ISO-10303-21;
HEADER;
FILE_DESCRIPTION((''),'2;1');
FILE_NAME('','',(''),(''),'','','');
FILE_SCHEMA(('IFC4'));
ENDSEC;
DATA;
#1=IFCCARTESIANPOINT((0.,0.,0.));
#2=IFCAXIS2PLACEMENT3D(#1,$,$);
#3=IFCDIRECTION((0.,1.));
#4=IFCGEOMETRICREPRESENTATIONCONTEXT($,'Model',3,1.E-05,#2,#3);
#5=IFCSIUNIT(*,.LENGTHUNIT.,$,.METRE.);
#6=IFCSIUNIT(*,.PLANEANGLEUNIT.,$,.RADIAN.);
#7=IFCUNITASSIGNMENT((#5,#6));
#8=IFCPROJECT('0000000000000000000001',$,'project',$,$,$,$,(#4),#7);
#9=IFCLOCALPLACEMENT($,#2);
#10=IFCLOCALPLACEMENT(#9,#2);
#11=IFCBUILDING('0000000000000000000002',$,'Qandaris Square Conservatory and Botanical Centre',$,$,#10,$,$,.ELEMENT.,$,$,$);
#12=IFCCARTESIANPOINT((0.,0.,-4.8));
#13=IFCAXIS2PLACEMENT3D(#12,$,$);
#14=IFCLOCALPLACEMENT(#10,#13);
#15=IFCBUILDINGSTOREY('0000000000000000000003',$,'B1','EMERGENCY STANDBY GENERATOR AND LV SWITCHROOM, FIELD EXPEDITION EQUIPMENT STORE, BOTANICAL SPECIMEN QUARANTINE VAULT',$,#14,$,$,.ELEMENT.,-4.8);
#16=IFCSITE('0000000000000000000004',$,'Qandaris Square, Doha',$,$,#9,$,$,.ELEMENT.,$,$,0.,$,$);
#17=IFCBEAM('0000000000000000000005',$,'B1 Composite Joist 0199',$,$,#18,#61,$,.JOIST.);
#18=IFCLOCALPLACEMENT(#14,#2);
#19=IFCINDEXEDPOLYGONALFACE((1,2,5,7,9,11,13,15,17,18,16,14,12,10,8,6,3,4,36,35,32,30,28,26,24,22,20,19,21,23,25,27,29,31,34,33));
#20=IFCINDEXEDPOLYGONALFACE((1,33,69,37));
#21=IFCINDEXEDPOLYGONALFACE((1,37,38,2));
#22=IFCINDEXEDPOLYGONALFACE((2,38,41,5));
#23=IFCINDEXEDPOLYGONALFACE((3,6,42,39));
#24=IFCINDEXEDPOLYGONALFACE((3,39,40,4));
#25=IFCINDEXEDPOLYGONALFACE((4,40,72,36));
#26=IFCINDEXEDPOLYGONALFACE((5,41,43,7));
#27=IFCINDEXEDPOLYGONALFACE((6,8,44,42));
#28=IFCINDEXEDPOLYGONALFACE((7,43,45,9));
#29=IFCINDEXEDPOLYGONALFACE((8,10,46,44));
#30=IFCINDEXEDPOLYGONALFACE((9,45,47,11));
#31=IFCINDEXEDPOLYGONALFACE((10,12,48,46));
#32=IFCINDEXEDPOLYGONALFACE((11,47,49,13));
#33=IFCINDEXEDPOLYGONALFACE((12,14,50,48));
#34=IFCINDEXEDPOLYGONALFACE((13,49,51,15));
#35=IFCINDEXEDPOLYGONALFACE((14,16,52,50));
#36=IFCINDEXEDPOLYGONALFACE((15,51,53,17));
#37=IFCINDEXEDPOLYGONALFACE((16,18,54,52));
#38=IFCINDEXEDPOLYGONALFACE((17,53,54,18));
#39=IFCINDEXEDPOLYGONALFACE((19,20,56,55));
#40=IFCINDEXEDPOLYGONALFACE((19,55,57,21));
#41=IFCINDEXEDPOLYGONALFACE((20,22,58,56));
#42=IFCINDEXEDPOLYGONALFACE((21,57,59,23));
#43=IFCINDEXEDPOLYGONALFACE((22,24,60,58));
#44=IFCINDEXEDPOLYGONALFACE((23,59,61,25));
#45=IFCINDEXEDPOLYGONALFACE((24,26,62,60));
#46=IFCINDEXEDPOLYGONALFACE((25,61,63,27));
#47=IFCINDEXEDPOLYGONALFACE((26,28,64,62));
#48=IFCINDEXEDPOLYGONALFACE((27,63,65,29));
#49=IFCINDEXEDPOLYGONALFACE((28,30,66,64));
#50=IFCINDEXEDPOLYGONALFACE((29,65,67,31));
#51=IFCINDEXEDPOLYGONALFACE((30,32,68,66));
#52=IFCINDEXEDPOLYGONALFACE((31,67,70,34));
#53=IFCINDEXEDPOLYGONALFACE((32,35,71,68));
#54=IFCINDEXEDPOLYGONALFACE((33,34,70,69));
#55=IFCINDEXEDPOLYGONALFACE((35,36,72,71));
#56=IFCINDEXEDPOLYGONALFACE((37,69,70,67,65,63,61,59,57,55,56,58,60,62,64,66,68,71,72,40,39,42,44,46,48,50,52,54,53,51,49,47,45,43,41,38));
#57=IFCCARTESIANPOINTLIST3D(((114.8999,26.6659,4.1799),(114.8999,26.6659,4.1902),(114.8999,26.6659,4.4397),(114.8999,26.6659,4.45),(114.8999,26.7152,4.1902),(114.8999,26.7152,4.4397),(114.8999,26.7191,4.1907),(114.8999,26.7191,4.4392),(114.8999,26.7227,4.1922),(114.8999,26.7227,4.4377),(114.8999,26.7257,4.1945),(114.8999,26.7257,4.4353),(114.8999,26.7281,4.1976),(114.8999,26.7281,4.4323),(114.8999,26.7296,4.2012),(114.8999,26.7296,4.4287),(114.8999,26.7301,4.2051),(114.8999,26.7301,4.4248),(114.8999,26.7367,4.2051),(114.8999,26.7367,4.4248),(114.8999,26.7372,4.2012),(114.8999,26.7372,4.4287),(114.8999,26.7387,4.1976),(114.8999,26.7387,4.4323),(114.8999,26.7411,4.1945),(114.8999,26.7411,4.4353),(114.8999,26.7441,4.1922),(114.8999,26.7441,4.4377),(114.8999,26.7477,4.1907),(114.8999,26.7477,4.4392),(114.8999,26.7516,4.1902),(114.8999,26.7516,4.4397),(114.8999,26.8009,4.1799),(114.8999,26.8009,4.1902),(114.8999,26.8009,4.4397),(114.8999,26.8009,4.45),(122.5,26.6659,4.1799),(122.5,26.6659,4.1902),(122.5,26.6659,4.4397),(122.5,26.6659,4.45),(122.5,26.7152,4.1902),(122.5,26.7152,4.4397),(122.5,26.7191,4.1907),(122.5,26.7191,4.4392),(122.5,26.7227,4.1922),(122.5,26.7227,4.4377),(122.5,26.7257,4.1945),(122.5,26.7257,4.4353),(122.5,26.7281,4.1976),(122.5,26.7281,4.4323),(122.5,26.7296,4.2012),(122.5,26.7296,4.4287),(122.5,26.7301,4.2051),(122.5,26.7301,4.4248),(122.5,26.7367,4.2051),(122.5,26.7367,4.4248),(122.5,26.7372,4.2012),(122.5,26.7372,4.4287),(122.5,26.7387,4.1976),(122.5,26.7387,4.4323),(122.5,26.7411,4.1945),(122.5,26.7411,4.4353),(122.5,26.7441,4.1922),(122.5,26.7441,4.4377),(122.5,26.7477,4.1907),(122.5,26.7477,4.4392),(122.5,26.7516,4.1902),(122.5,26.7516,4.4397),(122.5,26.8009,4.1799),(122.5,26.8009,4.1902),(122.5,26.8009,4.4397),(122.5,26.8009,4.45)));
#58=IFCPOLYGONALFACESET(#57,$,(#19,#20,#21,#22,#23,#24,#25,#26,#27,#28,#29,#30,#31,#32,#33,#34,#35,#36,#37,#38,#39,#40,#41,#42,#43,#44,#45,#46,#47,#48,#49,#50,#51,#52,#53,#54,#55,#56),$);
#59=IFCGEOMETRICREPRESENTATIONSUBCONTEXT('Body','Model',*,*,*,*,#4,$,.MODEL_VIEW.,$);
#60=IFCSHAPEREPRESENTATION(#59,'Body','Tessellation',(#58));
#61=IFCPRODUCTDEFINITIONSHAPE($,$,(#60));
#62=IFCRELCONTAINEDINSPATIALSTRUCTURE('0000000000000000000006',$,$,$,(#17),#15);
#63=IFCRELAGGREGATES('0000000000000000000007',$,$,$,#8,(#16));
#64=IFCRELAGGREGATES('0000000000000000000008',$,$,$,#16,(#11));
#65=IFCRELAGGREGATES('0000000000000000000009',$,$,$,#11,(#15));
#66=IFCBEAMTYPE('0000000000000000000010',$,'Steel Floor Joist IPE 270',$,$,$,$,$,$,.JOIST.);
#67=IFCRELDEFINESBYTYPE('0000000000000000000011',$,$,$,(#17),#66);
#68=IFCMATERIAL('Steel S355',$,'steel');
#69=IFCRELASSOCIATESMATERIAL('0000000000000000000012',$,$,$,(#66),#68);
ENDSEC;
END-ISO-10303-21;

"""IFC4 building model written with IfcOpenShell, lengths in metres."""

from ifc_helpers import new_model, si_unit, direction, frame, origin, origin_2d, place, context, subcontext, project, spatial, i_section, extrude, material, material_profile, profile_set, type_object, element, save


model = new_model("IFC4")

# Units and contexts
model_context = context("Model", 3, precision=1e-05, world=origin(), true_north=direction((0.0, 1.0)))
body_context = subcontext(model_context, "Body", "Model", "MODEL_VIEW")
ifc_project = project(units=[si_unit("LENGTHUNIT", "METRE"), si_unit("PLANEANGLEUNIT", "RADIAN")], contexts=[model_context])

# Site, building, storey
site_placement = place(None, origin())
site = spatial("IfcSite", under=ifc_project, at=site_placement, Name="Qandaris Square, Doha", CompositionType="ELEMENT", RefElevation=0.0)
building_placement = place(site_placement, origin())
building = spatial("IfcBuilding", under=site, at=building_placement, Name="Qandaris Square Conservatory and Botanical Centre", CompositionType="ELEMENT")
storey_placement = place(building_placement, frame((0.0, 0.0, -4.8)))
storey = spatial("IfcBuildingStorey", under=building, at=storey_placement, Name="B1", Description="EMERGENCY STANDBY GENERATOR AND LV SWITCHROOM, FIELD EXPEDITION EQUIPMENT STORE, BOTANICAL SPECIMEN QUARANTINE VAULT", CompositionType="ELEMENT", Elevation=-4.8)

# Beam
ifc_material_1 = material(Name="Steel S355", Category="steel")
ifc_material_profile_1 = material_profile(ifc_material_1, i_section(OverallWidth=0.135, OverallDepth=0.27, WebThickness=0.0066, FlangeThickness=0.0103, FilletRadius=0.0149, at=origin_2d()), Name="IPE 270")
ifc_profile_set_1 = profile_set([ifc_material_profile_1], Name="Steel S355")
beam_type_1 = type_object("IfcBeamType", Name="Steel Floor Joist IPE 270", PredefinedType="JOIST", material=ifc_profile_set_1)
for number, where, z_axis, x_axis, name in (
    (1, (114.8999, 26.7334, 4.3149), (1.0, 0.0, 0.0), (0.0, 1.0, 0.0), "B1 Composite Joist 0199"),
):
    element("IfcBeam", number, at=place(storey_placement, frame(where, z_axis=z_axis, x_axis=x_axis)), inside=storey, type_object=beam_type_1, Name=name, PredefinedType="JOIST", context=body_context, shape_type="SweptSolid", body=[
        extrude(i_section(OverallWidth=0.135, OverallDepth=0.27, WebThickness=0.0066, FlangeThickness=0.0103, FilletRadius=0.0149, at=origin_2d()), origin(), (0.0, 0.0, 1.0), 7.6001),
    ])

save(model, "model.ifc")
